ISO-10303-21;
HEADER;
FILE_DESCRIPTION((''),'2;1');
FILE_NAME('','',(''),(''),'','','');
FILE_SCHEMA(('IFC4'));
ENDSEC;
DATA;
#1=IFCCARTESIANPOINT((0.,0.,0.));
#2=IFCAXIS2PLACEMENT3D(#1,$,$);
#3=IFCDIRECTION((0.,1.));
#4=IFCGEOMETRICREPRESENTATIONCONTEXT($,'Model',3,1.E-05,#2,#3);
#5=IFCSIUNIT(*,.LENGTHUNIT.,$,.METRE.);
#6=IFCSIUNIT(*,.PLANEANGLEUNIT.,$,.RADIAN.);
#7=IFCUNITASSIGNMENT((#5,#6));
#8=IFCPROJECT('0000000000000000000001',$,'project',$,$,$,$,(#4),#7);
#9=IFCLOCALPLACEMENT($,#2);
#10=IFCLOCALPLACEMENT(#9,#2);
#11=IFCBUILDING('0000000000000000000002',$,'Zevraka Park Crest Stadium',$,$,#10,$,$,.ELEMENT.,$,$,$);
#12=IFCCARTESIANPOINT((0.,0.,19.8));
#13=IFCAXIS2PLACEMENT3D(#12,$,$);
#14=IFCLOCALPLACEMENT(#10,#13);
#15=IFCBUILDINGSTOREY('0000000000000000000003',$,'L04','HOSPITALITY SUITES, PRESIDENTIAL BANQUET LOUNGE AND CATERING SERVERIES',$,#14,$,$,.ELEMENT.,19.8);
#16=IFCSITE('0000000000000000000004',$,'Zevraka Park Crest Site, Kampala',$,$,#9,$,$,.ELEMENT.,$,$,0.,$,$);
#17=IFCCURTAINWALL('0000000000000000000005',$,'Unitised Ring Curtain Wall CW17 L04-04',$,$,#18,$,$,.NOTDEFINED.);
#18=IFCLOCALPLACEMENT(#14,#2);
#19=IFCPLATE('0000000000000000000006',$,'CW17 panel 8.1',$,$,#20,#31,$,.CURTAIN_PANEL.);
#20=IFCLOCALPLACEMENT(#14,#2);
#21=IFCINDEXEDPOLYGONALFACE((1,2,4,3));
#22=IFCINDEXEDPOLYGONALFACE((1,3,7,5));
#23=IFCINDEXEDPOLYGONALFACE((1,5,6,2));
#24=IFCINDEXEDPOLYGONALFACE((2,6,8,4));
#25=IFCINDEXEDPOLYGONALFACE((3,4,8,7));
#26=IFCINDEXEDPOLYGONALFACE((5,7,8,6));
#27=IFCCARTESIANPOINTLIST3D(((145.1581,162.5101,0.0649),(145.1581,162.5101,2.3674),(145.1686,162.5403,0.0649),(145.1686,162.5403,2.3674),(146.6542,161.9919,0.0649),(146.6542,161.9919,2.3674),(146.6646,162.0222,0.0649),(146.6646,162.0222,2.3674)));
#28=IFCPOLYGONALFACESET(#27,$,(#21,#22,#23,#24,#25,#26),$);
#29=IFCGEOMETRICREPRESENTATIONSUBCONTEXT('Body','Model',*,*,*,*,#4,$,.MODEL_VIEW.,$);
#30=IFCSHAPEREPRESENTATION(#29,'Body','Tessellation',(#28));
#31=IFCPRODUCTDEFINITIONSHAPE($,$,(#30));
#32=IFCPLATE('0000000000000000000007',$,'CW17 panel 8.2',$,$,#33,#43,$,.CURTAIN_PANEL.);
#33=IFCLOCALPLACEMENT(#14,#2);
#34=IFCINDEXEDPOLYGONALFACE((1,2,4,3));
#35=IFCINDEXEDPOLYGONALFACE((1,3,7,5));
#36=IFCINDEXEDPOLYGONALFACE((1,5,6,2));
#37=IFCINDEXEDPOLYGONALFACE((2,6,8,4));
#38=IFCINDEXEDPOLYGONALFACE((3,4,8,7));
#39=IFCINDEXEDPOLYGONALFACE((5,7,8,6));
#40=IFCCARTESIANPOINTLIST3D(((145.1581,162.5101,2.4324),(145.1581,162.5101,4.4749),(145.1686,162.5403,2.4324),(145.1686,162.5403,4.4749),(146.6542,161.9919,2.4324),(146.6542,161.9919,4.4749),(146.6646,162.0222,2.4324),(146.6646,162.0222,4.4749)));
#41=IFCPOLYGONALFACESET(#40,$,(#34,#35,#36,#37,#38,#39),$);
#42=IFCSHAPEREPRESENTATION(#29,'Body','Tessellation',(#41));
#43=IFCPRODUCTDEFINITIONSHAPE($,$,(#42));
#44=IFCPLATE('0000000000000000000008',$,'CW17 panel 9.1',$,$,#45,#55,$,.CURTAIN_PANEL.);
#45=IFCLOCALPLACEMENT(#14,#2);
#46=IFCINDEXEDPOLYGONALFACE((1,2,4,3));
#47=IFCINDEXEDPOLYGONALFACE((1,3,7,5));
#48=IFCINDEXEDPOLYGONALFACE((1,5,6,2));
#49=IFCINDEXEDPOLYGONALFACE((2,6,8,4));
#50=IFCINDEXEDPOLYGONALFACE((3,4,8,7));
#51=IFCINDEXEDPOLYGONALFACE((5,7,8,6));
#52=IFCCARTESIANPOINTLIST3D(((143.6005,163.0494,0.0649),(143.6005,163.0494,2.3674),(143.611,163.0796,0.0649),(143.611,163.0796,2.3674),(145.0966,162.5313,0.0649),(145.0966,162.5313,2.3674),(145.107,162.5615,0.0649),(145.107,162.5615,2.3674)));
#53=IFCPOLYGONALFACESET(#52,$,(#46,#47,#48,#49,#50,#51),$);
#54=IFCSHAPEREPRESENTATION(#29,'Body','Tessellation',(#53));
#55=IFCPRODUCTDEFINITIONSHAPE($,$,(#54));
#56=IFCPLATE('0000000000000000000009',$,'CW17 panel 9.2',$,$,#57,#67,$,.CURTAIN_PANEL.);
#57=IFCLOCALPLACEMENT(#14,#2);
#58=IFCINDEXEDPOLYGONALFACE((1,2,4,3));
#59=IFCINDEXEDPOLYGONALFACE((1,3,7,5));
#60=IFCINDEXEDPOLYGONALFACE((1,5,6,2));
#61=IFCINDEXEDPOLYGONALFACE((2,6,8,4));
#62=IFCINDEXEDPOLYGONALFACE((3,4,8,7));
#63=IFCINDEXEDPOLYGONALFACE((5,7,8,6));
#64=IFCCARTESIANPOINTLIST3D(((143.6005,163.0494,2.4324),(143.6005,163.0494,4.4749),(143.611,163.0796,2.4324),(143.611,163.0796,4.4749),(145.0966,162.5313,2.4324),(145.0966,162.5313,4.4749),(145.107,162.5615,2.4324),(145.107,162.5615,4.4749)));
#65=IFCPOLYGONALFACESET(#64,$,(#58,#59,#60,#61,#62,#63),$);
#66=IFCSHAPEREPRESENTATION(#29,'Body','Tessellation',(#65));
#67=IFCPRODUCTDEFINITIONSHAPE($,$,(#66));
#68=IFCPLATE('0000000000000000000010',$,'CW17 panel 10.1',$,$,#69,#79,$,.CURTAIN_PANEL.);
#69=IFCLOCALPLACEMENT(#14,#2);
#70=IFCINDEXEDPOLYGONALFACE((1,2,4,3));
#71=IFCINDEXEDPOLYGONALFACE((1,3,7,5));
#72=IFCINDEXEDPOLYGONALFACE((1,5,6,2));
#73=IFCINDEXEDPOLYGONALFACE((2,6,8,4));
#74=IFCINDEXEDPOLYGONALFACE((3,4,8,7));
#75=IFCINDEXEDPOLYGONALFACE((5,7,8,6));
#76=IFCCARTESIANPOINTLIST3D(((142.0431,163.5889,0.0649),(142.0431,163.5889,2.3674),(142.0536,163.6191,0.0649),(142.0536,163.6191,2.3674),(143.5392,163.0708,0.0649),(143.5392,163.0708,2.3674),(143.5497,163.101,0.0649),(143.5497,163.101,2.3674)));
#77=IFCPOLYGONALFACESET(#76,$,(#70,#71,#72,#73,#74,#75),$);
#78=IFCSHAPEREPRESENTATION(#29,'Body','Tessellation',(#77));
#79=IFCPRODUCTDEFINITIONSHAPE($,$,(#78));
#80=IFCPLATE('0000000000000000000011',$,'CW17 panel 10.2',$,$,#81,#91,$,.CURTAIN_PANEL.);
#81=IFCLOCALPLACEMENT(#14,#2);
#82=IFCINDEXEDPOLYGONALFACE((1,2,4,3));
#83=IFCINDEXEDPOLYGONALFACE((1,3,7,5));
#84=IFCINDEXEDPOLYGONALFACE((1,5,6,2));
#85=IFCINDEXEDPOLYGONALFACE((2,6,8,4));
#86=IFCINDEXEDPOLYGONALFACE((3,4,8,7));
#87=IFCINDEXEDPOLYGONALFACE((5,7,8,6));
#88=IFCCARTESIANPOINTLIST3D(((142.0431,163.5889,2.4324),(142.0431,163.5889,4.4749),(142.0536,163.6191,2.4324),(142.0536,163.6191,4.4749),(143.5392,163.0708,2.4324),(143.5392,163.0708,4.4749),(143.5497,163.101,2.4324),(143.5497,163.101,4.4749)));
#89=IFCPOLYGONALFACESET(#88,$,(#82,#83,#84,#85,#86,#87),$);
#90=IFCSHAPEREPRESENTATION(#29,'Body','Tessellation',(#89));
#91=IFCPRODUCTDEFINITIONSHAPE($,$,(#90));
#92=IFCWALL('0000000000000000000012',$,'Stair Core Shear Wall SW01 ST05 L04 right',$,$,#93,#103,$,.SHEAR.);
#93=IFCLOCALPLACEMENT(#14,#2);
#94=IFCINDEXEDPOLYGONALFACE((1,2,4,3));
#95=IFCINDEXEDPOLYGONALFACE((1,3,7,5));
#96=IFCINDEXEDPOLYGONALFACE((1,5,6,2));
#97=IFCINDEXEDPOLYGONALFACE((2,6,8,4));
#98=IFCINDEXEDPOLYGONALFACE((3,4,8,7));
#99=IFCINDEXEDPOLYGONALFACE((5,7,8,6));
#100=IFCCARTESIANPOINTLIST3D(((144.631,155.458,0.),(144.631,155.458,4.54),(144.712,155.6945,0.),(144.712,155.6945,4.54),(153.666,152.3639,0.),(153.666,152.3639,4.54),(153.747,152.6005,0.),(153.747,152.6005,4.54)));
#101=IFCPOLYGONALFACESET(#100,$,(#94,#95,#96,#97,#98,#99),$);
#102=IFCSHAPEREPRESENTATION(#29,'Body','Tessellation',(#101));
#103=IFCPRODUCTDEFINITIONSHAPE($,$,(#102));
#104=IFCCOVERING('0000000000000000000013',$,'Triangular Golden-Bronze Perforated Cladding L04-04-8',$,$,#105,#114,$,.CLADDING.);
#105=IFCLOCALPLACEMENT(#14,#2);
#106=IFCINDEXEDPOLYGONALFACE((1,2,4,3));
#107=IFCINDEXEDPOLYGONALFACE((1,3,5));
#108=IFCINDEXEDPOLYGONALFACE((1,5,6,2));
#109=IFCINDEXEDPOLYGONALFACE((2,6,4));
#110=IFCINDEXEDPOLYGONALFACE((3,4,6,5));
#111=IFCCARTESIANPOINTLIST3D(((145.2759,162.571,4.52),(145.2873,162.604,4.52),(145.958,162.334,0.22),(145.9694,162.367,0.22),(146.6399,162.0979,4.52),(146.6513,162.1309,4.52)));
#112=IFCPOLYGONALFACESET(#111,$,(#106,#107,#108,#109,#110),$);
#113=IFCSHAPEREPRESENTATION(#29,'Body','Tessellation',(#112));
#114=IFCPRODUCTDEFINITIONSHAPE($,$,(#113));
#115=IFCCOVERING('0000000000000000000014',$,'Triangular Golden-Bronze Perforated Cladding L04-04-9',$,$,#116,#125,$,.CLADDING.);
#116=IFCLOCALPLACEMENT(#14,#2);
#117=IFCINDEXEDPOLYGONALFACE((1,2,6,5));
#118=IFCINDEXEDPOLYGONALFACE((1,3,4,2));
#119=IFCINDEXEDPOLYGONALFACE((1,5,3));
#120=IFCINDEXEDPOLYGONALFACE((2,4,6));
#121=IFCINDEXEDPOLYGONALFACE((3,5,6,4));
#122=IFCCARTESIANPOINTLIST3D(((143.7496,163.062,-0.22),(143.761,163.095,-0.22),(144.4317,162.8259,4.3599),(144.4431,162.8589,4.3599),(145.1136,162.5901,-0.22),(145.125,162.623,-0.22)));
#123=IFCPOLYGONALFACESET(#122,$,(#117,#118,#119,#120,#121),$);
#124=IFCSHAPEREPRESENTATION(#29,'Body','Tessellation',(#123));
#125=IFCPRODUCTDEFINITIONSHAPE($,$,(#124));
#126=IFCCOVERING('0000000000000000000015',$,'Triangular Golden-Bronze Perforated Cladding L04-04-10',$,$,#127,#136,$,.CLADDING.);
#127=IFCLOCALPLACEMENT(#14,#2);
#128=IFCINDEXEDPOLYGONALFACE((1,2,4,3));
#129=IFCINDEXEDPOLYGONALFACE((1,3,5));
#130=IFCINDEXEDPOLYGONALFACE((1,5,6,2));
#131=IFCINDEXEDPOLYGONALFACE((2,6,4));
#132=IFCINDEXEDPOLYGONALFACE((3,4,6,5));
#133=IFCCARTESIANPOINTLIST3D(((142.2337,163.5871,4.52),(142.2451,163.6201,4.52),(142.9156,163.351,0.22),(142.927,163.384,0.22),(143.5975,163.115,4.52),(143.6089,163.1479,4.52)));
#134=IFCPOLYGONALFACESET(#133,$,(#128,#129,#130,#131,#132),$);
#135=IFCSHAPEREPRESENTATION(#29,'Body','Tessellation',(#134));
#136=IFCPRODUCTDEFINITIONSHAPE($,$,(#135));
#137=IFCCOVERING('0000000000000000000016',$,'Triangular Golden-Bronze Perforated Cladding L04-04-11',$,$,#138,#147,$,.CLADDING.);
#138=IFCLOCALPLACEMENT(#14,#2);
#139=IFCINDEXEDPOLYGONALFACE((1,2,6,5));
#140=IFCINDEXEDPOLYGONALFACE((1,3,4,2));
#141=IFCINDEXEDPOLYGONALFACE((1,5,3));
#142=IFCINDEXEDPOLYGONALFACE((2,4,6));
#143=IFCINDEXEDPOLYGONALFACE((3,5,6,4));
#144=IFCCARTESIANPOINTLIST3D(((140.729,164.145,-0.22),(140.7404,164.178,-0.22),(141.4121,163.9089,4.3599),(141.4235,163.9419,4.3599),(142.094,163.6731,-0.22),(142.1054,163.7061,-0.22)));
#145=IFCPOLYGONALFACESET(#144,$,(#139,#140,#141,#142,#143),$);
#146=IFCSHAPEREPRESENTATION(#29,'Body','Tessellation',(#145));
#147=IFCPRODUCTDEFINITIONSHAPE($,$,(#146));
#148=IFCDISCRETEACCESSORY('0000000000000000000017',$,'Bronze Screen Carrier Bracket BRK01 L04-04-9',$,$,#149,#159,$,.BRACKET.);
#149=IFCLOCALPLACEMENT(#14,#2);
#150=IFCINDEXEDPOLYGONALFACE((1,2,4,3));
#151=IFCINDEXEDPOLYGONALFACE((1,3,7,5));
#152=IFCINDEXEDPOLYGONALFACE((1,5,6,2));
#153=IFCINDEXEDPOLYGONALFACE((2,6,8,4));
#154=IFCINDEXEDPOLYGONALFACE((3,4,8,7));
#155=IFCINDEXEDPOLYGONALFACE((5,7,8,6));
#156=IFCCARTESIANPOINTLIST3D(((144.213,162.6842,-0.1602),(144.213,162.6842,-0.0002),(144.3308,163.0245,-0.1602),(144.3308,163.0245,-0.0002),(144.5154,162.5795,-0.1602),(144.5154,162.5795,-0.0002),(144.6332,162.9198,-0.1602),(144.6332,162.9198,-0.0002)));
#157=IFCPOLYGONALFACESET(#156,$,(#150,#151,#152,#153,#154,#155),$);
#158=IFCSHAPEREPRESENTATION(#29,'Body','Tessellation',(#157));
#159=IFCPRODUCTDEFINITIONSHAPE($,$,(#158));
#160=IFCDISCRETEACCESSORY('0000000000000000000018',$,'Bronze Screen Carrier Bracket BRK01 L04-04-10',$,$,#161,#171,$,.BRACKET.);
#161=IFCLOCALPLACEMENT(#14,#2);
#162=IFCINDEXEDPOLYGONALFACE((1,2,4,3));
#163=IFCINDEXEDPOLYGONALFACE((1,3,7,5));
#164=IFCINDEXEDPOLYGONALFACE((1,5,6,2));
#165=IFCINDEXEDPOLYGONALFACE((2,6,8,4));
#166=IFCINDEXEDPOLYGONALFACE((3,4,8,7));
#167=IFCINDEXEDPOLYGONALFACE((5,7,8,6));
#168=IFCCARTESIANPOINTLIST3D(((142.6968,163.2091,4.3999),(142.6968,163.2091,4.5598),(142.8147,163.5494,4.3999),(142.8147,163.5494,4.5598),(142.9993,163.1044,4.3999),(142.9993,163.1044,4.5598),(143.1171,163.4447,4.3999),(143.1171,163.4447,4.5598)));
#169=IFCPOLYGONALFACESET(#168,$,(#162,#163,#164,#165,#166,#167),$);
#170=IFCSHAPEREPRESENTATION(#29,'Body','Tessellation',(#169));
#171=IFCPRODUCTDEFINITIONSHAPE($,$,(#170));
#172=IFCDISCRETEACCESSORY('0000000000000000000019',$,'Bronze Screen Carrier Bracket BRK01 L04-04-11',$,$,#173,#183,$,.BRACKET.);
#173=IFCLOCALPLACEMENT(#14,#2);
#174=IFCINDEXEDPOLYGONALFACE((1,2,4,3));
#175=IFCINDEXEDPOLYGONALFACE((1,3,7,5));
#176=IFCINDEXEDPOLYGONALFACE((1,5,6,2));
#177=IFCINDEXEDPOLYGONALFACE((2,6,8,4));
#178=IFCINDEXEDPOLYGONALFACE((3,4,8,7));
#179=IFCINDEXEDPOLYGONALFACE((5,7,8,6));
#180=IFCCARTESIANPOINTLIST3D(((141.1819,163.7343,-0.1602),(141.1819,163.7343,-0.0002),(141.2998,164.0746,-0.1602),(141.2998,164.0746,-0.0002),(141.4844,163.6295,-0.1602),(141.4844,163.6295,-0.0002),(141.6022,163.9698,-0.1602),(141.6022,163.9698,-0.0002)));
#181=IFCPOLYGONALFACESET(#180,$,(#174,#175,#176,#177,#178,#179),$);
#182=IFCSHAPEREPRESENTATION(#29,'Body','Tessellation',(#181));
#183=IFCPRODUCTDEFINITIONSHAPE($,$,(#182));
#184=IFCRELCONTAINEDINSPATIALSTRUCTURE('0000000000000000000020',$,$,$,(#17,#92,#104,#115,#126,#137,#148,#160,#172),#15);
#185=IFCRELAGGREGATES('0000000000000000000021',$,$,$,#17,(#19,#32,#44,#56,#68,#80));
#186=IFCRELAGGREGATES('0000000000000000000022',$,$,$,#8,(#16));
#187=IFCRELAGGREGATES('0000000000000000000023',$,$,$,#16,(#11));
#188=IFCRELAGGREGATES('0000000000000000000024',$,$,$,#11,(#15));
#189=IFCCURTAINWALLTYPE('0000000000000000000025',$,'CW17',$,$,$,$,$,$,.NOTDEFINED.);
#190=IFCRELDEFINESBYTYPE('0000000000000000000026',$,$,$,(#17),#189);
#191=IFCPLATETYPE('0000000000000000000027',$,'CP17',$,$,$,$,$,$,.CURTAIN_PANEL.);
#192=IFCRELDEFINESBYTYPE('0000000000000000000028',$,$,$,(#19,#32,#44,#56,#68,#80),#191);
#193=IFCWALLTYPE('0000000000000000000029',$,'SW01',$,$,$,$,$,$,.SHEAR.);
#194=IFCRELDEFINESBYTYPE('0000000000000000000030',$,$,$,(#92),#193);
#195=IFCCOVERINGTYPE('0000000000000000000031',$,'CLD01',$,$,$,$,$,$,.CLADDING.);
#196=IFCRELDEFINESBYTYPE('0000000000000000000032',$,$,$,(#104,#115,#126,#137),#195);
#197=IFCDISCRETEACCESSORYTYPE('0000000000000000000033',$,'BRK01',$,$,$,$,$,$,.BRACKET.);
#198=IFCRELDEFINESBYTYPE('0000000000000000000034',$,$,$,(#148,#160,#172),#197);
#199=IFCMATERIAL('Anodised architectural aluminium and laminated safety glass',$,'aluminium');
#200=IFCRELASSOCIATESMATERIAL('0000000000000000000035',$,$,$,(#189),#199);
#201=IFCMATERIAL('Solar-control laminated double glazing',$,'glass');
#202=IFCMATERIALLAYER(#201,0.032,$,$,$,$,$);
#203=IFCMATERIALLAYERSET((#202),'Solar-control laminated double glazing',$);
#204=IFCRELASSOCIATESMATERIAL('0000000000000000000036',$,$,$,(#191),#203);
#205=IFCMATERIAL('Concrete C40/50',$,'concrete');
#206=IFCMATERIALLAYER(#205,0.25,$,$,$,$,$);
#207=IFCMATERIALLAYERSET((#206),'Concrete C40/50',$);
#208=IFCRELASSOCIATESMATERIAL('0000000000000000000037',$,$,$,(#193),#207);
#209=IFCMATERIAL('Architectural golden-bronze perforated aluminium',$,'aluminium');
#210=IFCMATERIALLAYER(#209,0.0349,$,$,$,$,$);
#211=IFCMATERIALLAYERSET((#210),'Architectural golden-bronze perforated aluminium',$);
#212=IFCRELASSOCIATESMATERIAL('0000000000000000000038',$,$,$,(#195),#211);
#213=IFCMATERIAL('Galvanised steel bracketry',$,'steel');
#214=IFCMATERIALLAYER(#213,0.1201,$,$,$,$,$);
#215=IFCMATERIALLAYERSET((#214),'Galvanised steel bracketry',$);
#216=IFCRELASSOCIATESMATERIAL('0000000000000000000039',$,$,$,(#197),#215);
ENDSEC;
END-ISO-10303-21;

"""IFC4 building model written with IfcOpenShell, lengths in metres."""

from ifc_helpers import new_model, si_unit, direction, frame, frame_2d, origin, origin_2d, place, context, subcontext, project, spatial, polyline, rectangle, outline, extrude, material, layer, layer_set, type_object, element, aggregate, save


model = new_model("IFC4")

# Units and contexts
model_context = context("Model", 3, precision=1e-05, world=origin(), true_north=direction((0.0, 1.0)))
body_context = subcontext(model_context, "Body", "Model", "MODEL_VIEW")
ifc_project = project(units=[si_unit("LENGTHUNIT", "METRE"), si_unit("PLANEANGLEUNIT", "RADIAN")], contexts=[model_context])

# Site, building, storey
site_placement = place(None, origin())
site = spatial("IfcSite", under=ifc_project, at=site_placement, Name="Zevraka Park Crest Site, Kampala", CompositionType="ELEMENT", RefElevation=0.0)
building_placement = place(site_placement, origin())
building = spatial("IfcBuilding", under=site, at=building_placement, Name="Zevraka Park Crest Stadium", CompositionType="ELEMENT")
storey_placement = place(building_placement, frame((0.0, 0.0, 19.8)))
storey = spatial("IfcBuildingStorey", under=building, at=storey_placement, Name="L04", Description="HOSPITALITY SUITES, PRESIDENTIAL BANQUET LOUNGE AND CATERING SERVERIES", CompositionType="ELEMENT", Elevation=19.8)

# Curtain wall
ifc_material_1 = material(Name="Anodised architectural aluminium and laminated safety glass", Category="aluminium")
curtain_wall_type = type_object("IfcCurtainWallType", Name="CW17", PredefinedType="NOTDEFINED", material=ifc_material_1)
curtain_wall_placement = place(storey_placement, origin())
curtain_wall = element("IfcCurtainWall", 1, at=curtain_wall_placement, inside=storey, type_object=curtain_wall_type, Name="Unitised Ring Curtain Wall CW17 L04-04", PredefinedType="NOTDEFINED")

# Plates
ifc_material_2 = material(Name="Solar-control laminated double glazing", Category="glass")
ifc_layer_1 = layer(ifc_material_2, 0.032)
ifc_layer_set_1 = layer_set([ifc_layer_1], Name="Solar-control laminated double glazing")
plate_type = type_object("IfcPlateType", Name="CP17", PredefinedType="CURTAIN_PANEL", material=ifc_layer_set_1)
plate_1_placement = place(storey_placement, frame((145.9114, 162.2661, 0.0649), z_axis=(0.0, 0.0, 1.0), x_axis=(-0.94494, 0.327245, 0.0)))
plate_1 = element("IfcPlate", 2, at=plate_1_placement, type_object=plate_type, Name="CW17 panel 8.1", PredefinedType="CURTAIN_PANEL", context=body_context, shape_type="SweptSolid", body=[
    extrude(rectangle(XDim=1.5833, YDim=0.032, at=origin_2d()), origin(), (0.0, 0.0, 1.0), 2.3025),
])
plate_2_placement = place(storey_placement, frame((145.9114, 162.2661, 2.4324), z_axis=(0.0, 0.0, 1.0), x_axis=(-0.94494, 0.327245, 0.0)))
plate_2 = element("IfcPlate", 3, at=plate_2_placement, type_object=plate_type, Name="CW17 panel 8.2", PredefinedType="CURTAIN_PANEL", context=body_context, shape_type="SweptSolid", body=[
    extrude(rectangle(XDim=1.5833, YDim=0.032, at=origin_2d()), origin(), (0.0, 0.0, 1.0), 2.0425),
])
plate_3_placement = place(storey_placement, frame((144.3538, 162.8054, 0.0649), z_axis=(0.0, 0.0, 1.0), x_axis=(-0.94494, 0.327245, 0.0)))
plate_3 = element("IfcPlate", 4, at=plate_3_placement, type_object=plate_type, Name="CW17 panel 9.1", PredefinedType="CURTAIN_PANEL", context=body_context, shape_type="SweptSolid", body=[
    extrude(rectangle(XDim=1.5833, YDim=0.032, at=origin_2d()), origin(), (0.0, 0.0, 1.0), 2.3025),
])
plate_4_placement = place(storey_placement, frame((144.3538, 162.8054, 2.4324), z_axis=(0.0, 0.0, 1.0), x_axis=(-0.94494, 0.327245, 0.0)))
plate_4 = element("IfcPlate", 5, at=plate_4_placement, type_object=plate_type, Name="CW17 panel 9.2", PredefinedType="CURTAIN_PANEL", context=body_context, shape_type="SweptSolid", body=[
    extrude(rectangle(XDim=1.5833, YDim=0.032, at=origin_2d()), origin(), (0.0, 0.0, 1.0), 2.0425),
])
plate_5_placement = place(storey_placement, frame((142.7964, 163.345, 0.0649), z_axis=(0.0, 0.0, 1.0), x_axis=(-0.94494, 0.327245, 0.0)))
plate_5 = element("IfcPlate", 6, at=plate_5_placement, type_object=plate_type, Name="CW17 panel 10.1", PredefinedType="CURTAIN_PANEL", context=body_context, shape_type="SweptSolid", body=[
    extrude(rectangle(XDim=1.5833, YDim=0.032, at=origin_2d()), origin(), (0.0, 0.0, 1.0), 2.3025),
])
plate_6_placement = place(storey_placement, frame((142.7964, 163.345, 2.4324), z_axis=(0.0, 0.0, 1.0), x_axis=(-0.94494, 0.327245, 0.0)))
plate_6 = element("IfcPlate", 7, at=plate_6_placement, type_object=plate_type, Name="CW17 panel 10.2", PredefinedType="CURTAIN_PANEL", context=body_context, shape_type="SweptSolid", body=[
    extrude(rectangle(XDim=1.5833, YDim=0.032, at=origin_2d()), origin(), (0.0, 0.0, 1.0), 2.0425),
])
aggregate(curtain_wall, [plate_1, plate_2, plate_3, plate_4, plate_5, plate_6])

# Wall
ifc_material_3 = material(Name="Concrete C40/50", Category="concrete")
ifc_layer_2 = layer(ifc_material_3, 0.25)
ifc_layer_set_2 = layer_set([ifc_layer_2], Name="Concrete C40/50")
wall_type = type_object("IfcWallType", Name="SW01", PredefinedType="SHEAR", material=ifc_layer_set_2)
wall_placement = place(storey_placement, frame((144.6716, 155.5762, 0.0), z_axis=(0.0, 0.0, 1.0), x_axis=(0.946064, -0.323979, 0.0)))
element("IfcWall", 8, at=wall_placement, inside=storey, type_object=wall_type, Name="Stair Core Shear Wall SW01 ST05 L04 right", PredefinedType="SHEAR", context=body_context, shape_type="SweptSolid", body=[
    extrude(rectangle(XDim=9.55, YDim=0.25, at=frame_2d((4.7749, 0.0))), origin(), (0.0, 0.0, 1.0), 4.54),
])

# Coverings
ifc_material_4 = material(Name="Architectural golden-bronze perforated aluminium", Category="aluminium")
ifc_layer_3 = layer(ifc_material_4, 0.0349)
ifc_layer_set_3 = layer_set([ifc_layer_3], Name="Architectural golden-bronze perforated aluminium")
covering_type = type_object("IfcCoveringType", Name="CLD01", PredefinedType="CLADDING", material=ifc_layer_set_3)
covering_1_placement = place(storey_placement, frame((145.2759, 162.571, 4.52), z_axis=(-0.32772, -0.944775, 0.000098), x_axis=(0.944775, -0.32772, 0.0)))
element("IfcCovering", 9, at=covering_1_placement, inside=storey, type_object=covering_type, Name="Triangular Golden-Bronze Perforated Cladding L04-04-8", PredefinedType="CLADDING", context=body_context, shape_type="SweptSolid", body=[
    extrude(outline(polyline([(0.0, 0.0), (1.4437, 0.0), (0.7221, -4.3), (0.0, 0.0)])), origin(), (0.0, 0.0, -1.0), 0.0349),
])
covering_2_placement = place(storey_placement, frame((145.125, 162.623, -0.22), z_axis=(0.326965, 0.945036, 0.000016), x_axis=(-0.945036, 0.326965, 0.0)))
element("IfcCovering", 10, at=covering_2_placement, inside=storey, type_object=covering_type, Name="Triangular Golden-Bronze Perforated Cladding L04-04-9", PredefinedType="CLADDING", context=body_context, shape_type="SweptSolid", body=[
    extrude(outline(polyline([(0.0, 0.0), (1.4433, 0.0), (0.7215, 4.5798), (0.0, 0.0)])), origin(), (0.0, 0.0, -1.0), 0.0349),
])
covering_3_placement = place(storey_placement, frame((142.2451, 163.6201, 4.52), z_axis=(0.327169, 0.944966, 0.0), x_axis=(0.944966, -0.327169, 0.0)))
element("IfcCovering", 11, at=covering_3_placement, inside=storey, type_object=covering_type, Name="Triangular Golden-Bronze Perforated Cladding L04-04-10", PredefinedType="CLADDING", context=body_context, shape_type="SweptSolid", body=[
    extrude(outline(polyline([(0.0, 0.0), (1.4432, 0.0), (0.7216, 4.3), (0.0, 0.0)])), origin(), (0.0, 0.0, -1.0), 0.0349),
])
covering_4_placement = place(storey_placement, frame((142.094, 163.6731, -0.22), z_axis=(-0.326756, -0.945109, 0.000018), x_axis=(-0.945109, 0.326756, 0.0)))
element("IfcCovering", 12, at=covering_4_placement, inside=storey, type_object=covering_type, Name="Triangular Golden-Bronze Perforated Cladding L04-04-11", PredefinedType="CLADDING", context=body_context, shape_type="SweptSolid", body=[
    extrude(outline(polyline([(0.0, 0.0), (1.4443, 0.0), (0.7215, -4.5798), (0.0, 0.0)])), origin(), (0.0, 0.0, -1.0), 0.0349),
])

# Discrete accessories
ifc_material_5 = material(Name="Galvanised steel bracketry", Category="steel")
ifc_layer_4 = layer(ifc_material_5, 0.1201)
ifc_layer_set_4 = layer_set([ifc_layer_4], Name="Galvanised steel bracketry")
discrete_accessory_type = type_object("IfcDiscreteAccessoryType", Name="BRK01", PredefinedType="BRACKET", material=ifc_layer_set_4)
for number, where, z_axis, x_axis, name in (
    (13, (144.4231, 162.802, -0.1602), (0.0, 0.0, 1.0), (-0.944949, 0.327218, 0.0), "Bronze Screen Carrier Bracket BRK01 L04-04-9"),
    (14, (142.907, 163.3269, 4.3999), (0.0, 0.0, 1.0), (-0.944949, 0.327218, 0.0), "Bronze Screen Carrier Bracket BRK01 L04-04-10"),
    (15, (141.3921, 163.8521, -0.1602), (0.0, 0.0, 1.0), (-0.944949, 0.327218, 0.0), "Bronze Screen Carrier Bracket BRK01 L04-04-11"),
):
    element("IfcDiscreteAccessory", number, at=place(storey_placement, frame(where, z_axis=z_axis, x_axis=x_axis)), inside=storey, type_object=discrete_accessory_type, Name=name, PredefinedType="BRACKET", context=body_context, shape_type="SweptSolid", body=[
        extrude(rectangle(XDim=0.3201, YDim=0.3601, at=origin_2d()), origin(), (0.0, 0.0, 1.0), 0.1599),
    ])

save(model, "model.ifc")
